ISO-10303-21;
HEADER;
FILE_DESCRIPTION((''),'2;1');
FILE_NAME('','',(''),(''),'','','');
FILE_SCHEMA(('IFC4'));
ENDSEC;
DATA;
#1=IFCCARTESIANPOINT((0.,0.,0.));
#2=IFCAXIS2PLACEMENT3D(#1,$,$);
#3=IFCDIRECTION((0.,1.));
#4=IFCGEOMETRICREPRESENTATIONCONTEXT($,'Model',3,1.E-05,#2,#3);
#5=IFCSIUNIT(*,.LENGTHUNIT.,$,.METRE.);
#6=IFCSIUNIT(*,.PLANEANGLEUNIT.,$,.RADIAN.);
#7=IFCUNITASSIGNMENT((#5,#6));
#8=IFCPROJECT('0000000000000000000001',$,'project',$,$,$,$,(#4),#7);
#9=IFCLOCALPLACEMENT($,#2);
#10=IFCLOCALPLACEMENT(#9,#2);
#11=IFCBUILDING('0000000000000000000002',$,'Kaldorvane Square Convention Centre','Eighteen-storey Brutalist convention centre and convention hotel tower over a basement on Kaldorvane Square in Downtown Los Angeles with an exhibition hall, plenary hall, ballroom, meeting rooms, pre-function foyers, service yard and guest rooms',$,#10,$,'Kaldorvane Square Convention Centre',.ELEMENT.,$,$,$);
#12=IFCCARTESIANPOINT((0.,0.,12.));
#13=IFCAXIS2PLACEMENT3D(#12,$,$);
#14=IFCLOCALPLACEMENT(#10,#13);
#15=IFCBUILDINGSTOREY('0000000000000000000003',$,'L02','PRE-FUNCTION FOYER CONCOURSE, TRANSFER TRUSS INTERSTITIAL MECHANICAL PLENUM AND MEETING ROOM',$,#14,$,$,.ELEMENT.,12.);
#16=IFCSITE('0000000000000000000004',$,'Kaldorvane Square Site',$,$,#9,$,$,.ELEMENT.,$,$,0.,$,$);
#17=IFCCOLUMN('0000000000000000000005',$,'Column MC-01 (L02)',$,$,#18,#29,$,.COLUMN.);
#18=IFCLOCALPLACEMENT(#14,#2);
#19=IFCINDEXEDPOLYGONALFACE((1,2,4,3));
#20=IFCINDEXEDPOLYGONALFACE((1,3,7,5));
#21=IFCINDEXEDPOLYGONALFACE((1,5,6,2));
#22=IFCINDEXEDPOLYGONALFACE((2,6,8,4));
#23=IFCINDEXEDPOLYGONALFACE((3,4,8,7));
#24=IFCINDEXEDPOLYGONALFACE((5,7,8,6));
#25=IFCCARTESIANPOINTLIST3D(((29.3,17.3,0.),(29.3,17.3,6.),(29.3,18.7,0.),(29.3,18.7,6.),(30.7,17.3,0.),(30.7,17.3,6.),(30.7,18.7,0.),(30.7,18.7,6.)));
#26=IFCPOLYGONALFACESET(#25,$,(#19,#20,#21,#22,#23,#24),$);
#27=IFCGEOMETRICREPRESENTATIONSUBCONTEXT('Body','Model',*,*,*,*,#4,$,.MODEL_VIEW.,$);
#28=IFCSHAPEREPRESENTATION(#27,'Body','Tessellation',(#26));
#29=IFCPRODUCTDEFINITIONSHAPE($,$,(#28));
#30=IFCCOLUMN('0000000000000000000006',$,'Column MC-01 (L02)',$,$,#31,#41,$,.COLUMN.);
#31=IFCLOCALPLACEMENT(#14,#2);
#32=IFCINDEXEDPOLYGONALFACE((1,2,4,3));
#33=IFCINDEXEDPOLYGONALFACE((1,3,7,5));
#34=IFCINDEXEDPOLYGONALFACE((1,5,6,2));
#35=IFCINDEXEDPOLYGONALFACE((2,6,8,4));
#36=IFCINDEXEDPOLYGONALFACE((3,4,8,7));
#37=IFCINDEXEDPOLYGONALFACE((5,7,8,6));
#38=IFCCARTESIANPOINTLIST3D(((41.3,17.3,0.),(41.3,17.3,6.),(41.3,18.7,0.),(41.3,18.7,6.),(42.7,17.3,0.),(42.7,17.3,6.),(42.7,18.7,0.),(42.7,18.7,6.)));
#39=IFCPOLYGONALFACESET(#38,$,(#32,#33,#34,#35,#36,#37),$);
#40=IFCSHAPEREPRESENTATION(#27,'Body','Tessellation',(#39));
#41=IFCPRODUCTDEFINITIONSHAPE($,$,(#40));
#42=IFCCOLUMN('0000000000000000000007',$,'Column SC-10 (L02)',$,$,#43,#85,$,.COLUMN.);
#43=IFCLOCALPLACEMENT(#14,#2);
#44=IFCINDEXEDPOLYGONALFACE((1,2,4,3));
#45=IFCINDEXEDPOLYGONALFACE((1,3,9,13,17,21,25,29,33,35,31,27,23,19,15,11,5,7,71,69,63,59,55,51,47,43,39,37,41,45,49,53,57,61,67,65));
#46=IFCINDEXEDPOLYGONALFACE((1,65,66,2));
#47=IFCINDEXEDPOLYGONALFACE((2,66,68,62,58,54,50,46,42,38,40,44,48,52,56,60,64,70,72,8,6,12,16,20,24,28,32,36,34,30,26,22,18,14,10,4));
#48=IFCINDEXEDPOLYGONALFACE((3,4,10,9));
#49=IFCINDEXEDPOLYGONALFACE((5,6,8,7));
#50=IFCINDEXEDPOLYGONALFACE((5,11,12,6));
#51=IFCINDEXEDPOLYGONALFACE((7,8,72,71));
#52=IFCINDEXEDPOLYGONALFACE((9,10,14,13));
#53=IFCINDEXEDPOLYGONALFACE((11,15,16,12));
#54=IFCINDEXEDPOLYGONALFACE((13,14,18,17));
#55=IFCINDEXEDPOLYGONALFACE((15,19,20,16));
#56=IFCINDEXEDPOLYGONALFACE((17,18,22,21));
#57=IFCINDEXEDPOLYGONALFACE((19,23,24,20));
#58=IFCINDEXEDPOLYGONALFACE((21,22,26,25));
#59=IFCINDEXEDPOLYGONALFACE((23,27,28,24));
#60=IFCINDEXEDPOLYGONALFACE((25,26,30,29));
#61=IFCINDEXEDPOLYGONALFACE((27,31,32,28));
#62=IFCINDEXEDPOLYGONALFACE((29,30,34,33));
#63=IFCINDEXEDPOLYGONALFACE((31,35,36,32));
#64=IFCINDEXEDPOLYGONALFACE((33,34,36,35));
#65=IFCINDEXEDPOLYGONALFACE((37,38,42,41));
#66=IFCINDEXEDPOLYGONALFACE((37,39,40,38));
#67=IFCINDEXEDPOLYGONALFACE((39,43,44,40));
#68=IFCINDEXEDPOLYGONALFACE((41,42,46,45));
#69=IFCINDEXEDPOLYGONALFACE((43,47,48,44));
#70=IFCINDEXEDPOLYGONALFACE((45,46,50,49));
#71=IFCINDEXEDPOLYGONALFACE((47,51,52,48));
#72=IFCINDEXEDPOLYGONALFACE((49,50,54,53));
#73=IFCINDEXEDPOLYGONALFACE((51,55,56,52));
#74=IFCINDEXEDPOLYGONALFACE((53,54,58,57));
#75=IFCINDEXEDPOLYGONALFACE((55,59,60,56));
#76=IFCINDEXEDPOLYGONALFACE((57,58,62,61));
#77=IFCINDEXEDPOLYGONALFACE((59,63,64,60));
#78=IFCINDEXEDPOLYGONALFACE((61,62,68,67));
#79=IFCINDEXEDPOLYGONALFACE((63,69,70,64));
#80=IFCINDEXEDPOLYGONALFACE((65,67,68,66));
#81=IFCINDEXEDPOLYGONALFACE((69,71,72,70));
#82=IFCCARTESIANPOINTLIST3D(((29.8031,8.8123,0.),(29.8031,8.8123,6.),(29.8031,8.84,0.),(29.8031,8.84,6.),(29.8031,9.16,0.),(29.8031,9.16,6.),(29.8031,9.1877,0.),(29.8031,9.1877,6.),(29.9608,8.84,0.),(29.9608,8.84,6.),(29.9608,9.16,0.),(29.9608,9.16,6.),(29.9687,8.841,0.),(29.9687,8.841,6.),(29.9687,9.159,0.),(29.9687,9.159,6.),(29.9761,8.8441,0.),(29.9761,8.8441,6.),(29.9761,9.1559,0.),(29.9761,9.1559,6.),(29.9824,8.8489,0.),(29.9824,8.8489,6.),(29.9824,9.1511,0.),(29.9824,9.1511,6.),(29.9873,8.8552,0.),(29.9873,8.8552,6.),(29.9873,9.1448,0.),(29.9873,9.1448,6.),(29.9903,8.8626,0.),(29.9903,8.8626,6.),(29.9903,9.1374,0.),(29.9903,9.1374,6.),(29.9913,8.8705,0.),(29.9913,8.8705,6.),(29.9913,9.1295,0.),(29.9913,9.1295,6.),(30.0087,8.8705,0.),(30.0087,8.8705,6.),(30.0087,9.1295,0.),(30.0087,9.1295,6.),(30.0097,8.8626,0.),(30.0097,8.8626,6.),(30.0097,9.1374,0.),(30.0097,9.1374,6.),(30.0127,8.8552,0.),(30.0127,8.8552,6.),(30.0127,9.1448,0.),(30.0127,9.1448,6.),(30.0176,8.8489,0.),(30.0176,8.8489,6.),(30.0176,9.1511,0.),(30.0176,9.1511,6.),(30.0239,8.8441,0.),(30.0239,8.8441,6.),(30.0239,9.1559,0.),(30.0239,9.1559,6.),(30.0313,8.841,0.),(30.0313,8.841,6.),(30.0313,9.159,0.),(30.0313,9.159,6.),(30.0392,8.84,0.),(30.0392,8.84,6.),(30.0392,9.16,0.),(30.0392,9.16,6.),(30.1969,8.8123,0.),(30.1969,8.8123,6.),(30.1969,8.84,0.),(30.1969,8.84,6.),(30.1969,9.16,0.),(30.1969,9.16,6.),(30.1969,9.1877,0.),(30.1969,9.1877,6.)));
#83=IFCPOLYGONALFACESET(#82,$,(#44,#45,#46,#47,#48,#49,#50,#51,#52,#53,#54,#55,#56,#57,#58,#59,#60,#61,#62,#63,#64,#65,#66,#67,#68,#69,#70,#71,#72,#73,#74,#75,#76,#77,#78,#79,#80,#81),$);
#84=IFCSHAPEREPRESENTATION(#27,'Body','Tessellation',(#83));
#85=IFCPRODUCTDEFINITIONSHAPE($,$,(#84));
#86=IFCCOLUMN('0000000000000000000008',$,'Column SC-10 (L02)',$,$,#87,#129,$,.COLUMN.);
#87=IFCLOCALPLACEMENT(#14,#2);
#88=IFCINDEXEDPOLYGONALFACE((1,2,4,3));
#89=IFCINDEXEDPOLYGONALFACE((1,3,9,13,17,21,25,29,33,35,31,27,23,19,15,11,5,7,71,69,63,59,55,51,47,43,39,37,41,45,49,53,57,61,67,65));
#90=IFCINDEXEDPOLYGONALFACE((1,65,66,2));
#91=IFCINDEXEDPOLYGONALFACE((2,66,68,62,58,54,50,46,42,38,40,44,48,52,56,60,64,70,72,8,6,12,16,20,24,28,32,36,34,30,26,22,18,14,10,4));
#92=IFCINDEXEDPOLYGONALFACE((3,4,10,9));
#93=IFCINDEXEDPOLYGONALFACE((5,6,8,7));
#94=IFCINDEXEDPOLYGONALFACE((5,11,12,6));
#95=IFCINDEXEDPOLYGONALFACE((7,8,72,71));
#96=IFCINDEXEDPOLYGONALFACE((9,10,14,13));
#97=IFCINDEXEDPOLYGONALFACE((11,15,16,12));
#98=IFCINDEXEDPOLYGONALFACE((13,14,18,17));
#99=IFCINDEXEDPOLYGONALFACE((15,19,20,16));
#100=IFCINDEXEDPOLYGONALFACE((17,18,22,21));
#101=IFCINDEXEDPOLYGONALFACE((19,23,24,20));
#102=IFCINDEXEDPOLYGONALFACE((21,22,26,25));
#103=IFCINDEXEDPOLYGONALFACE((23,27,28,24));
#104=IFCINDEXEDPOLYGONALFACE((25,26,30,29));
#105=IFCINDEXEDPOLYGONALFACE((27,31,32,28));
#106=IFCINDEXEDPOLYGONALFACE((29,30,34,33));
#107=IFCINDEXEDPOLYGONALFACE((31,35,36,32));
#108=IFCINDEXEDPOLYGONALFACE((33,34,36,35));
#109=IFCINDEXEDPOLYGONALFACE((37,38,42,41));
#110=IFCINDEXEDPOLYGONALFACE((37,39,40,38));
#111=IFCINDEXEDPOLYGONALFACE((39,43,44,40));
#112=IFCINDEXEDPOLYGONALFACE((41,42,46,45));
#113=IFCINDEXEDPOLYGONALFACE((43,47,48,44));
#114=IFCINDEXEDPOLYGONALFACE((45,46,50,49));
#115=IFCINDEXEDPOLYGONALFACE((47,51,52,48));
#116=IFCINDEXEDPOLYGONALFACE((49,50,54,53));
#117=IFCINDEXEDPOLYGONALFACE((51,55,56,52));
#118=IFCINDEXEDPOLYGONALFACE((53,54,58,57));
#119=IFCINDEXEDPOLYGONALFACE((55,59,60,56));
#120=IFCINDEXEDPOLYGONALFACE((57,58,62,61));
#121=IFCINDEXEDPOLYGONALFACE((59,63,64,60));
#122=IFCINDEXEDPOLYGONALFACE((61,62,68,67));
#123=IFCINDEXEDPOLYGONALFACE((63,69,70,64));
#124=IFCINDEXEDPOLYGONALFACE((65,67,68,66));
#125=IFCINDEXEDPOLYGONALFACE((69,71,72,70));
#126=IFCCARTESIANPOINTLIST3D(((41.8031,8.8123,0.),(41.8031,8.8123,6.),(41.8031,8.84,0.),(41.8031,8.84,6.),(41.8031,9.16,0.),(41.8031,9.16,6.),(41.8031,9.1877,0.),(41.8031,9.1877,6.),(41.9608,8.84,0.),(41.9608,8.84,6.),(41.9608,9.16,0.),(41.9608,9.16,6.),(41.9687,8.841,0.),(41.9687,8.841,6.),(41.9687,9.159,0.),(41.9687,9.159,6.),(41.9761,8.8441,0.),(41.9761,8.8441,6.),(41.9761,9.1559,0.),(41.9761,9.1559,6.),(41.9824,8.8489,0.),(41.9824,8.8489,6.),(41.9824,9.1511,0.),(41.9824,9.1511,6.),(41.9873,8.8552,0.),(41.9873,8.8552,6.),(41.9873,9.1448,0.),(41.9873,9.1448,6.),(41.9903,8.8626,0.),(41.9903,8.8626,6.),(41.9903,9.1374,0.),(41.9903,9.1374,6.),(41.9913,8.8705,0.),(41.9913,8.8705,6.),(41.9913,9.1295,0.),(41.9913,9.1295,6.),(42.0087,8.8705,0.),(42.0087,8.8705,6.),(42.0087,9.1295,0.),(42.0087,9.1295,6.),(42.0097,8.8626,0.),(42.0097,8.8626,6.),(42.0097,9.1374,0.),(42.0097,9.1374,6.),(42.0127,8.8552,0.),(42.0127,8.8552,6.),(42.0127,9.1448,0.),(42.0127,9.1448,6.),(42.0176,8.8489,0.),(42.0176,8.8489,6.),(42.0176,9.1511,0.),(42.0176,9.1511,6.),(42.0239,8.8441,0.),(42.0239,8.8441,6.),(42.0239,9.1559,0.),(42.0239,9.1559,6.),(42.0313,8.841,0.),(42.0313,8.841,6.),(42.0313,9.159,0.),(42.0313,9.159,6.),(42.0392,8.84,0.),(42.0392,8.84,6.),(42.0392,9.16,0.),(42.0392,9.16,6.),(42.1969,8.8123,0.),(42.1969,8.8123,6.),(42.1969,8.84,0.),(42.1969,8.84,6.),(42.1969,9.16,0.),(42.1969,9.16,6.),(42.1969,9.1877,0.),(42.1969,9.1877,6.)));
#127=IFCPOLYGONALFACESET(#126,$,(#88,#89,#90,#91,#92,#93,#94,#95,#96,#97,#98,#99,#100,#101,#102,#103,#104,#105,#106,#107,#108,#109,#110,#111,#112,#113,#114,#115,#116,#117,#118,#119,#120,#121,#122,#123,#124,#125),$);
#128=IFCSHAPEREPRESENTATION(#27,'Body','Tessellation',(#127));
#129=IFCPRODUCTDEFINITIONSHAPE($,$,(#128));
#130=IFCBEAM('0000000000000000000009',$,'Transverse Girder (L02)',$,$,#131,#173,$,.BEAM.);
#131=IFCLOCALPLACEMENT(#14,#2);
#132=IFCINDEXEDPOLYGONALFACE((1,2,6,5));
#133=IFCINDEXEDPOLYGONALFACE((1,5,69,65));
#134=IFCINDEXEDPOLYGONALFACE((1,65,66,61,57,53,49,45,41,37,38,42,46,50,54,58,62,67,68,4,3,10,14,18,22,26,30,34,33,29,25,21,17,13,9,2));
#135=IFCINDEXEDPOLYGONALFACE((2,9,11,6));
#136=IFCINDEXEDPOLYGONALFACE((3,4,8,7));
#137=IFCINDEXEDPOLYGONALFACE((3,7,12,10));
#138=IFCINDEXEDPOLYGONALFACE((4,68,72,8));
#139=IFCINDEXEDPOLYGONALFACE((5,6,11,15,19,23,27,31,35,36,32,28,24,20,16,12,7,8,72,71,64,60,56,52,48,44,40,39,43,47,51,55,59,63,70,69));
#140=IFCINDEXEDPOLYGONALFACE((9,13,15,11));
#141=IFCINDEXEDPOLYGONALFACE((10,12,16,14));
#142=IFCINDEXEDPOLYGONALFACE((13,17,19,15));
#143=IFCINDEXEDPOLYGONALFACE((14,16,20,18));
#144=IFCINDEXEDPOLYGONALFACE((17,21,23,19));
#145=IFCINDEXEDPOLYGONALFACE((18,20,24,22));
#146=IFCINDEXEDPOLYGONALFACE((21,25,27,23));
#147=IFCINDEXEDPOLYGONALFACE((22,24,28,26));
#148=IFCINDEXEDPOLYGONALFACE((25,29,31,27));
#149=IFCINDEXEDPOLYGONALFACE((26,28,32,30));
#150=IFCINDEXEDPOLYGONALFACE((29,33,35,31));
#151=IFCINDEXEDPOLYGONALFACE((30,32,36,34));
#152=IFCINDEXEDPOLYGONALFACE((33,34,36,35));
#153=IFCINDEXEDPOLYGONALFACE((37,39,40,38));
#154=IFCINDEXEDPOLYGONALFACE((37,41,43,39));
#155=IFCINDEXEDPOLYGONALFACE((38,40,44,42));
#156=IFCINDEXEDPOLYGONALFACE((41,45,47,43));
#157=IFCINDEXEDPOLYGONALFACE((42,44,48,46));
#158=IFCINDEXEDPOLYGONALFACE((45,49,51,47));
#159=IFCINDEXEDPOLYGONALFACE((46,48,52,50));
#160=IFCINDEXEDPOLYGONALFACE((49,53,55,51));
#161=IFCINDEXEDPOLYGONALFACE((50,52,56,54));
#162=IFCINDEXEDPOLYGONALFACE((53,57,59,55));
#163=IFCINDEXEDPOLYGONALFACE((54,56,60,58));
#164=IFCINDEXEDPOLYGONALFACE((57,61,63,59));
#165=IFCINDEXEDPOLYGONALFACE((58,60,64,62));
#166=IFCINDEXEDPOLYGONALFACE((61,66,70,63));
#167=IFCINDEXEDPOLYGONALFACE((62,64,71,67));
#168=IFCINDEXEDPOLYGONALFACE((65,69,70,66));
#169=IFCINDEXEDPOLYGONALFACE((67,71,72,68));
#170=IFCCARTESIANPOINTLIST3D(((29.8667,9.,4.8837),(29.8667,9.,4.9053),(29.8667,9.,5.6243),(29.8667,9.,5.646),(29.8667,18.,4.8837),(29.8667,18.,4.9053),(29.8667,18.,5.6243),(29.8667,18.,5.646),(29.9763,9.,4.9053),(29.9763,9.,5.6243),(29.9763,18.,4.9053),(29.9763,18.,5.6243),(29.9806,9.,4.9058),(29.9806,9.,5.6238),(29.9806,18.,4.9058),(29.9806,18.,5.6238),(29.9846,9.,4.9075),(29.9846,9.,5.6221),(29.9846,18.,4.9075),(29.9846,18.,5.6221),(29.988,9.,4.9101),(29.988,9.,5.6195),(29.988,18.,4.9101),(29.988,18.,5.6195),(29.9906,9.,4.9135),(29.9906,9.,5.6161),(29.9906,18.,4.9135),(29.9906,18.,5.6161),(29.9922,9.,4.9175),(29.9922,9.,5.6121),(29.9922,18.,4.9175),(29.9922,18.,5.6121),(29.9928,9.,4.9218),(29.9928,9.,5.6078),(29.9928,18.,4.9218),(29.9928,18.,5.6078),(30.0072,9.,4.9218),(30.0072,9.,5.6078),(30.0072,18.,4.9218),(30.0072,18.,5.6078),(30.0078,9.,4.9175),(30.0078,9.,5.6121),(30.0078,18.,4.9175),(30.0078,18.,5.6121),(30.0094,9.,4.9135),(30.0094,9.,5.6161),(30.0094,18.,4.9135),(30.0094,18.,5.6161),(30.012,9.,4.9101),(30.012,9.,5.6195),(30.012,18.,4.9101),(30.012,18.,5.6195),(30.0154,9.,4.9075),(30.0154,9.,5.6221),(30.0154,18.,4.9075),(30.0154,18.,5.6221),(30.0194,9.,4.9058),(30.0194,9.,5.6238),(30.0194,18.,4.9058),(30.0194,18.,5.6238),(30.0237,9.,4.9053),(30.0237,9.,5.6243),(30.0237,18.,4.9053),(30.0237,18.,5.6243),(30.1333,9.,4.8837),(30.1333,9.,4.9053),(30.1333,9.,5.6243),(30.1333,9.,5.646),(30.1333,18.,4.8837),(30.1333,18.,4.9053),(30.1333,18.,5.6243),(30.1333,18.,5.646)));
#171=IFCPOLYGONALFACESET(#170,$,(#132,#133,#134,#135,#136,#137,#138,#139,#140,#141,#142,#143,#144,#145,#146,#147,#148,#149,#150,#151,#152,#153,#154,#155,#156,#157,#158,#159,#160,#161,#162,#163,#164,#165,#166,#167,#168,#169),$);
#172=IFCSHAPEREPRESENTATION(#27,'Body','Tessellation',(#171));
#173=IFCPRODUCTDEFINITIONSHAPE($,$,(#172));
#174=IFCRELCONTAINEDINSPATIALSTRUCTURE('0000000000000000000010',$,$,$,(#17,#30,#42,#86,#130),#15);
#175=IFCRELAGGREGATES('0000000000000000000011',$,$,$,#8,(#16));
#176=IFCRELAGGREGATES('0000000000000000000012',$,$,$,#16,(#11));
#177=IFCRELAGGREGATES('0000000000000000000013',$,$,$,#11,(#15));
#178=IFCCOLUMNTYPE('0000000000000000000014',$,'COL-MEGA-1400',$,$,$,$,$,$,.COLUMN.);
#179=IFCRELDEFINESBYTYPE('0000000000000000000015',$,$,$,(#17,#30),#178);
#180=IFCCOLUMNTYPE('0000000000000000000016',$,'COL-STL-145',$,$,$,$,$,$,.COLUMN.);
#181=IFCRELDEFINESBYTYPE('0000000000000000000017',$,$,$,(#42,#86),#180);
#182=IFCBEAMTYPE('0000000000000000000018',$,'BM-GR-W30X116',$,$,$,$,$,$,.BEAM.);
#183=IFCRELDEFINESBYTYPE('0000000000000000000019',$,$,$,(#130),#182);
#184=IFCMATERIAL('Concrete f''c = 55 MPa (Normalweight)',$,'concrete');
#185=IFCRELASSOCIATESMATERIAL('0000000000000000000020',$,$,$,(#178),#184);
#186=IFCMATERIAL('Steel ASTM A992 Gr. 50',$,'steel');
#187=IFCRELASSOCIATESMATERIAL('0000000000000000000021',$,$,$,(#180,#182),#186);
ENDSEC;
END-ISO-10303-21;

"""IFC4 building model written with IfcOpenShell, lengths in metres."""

from ifc_helpers import new_model, si_unit, direction, frame, origin, origin_2d, place, context, subcontext, project, spatial, rectangle, i_section, extrude, material, material_profile, profile_set, type_object, element, save


model = new_model("IFC4")

# Units and contexts
model_context = context("Model", 3, precision=1e-05, world=origin(), true_north=direction((0.0, 1.0)))
body_context = subcontext(model_context, "Body", "Model", "MODEL_VIEW")
ifc_project = project(units=[si_unit("LENGTHUNIT", "METRE"), si_unit("PLANEANGLEUNIT", "RADIAN")], contexts=[model_context])

# Site, building, storey
site_placement = place(None, origin())
site = spatial("IfcSite", under=ifc_project, at=site_placement, Name="Kaldorvane Square Site", CompositionType="ELEMENT", RefElevation=0.0)
building_placement = place(site_placement, origin())
building = spatial("IfcBuilding", under=site, at=building_placement, Name="Kaldorvane Square Convention Centre", Description="Eighteen-storey Brutalist convention centre and convention hotel tower over a basement on Kaldorvane Square in Downtown Los Angeles with an exhibition hall, plenary hall, ballroom, meeting rooms, pre-function foyers, service yard and guest rooms", LongName="Kaldorvane Square Convention Centre", CompositionType="ELEMENT")
storey_placement = place(building_placement, frame((0.0, 0.0, 12.0)))
storey = spatial("IfcBuildingStorey", under=building, at=storey_placement, Name="L02", Description="PRE-FUNCTION FOYER CONCOURSE, TRANSFER TRUSS INTERSTITIAL MECHANICAL PLENUM AND MEETING ROOM", CompositionType="ELEMENT", Elevation=12.0)

# Columns
ifc_material_1 = material(Name="Concrete f'c = 55 MPa (Normalweight)", Category="concrete")
ifc_material_profile_1 = material_profile(ifc_material_1, rectangle(XDim=1.4, YDim=1.4, at=origin_2d()), Name="RC1400X1400")
ifc_profile_set_1 = profile_set([ifc_material_profile_1], Name="Concrete f'c = 55 MPa (Normalweight)")
column_type_1 = type_object("IfcColumnType", Name="COL-MEGA-1400", PredefinedType="COLUMN", material=ifc_profile_set_1)
for number, where, z_axis, x_axis, name in (
    (1, (30.0, 18.0, 0.0), (0.0, 0.0, 1.0), (1.0, 0.0, 0.0), "Column MC-01 (L02)"),
    (2, (42.0, 18.0, 0.0), (0.0, 0.0, 1.0), (1.0, 0.0, 0.0), "Column MC-01 (L02)"),
):
    element("IfcColumn", number, at=place(storey_placement, frame(where, z_axis=z_axis, x_axis=x_axis)), inside=storey, type_object=column_type_1, Name=name, PredefinedType="COLUMN", context=body_context, shape_type="SweptSolid", body=[
        extrude(rectangle(XDim=1.4, YDim=1.4, at=origin_2d()), origin(), (0.0, 0.0, 1.0), 6.0),
    ])
ifc_material_2 = material(Name="Steel ASTM A992 Gr. 50", Category="steel")
ifc_material_profile_2 = material_profile(ifc_material_2, i_section(OverallWidth=0.3937, OverallDepth=0.3754, WebThickness=0.0173, FlangeThickness=0.0277, FilletRadius=0.0305, at=origin_2d()), Name="W14X145")
ifc_profile_set_2 = profile_set([ifc_material_profile_2], Name="Steel ASTM A992 Gr. 50")
column_type_2 = type_object("IfcColumnType", Name="COL-STL-145", PredefinedType="COLUMN", material=ifc_profile_set_2)
for number, where, z_axis, x_axis, name in (
    (3, (30.0, 9.0, 0.0), (0.0, 0.0, 1.0), (1.0, 0.0, 0.0), "Column SC-10 (L02)"),
    (4, (42.0, 9.0, 0.0), (0.0, 0.0, 1.0), (1.0, 0.0, 0.0), "Column SC-10 (L02)"),
):
    element("IfcColumn", number, at=place(storey_placement, frame(where, z_axis=z_axis, x_axis=x_axis)), inside=storey, type_object=column_type_2, Name=name, PredefinedType="COLUMN", context=body_context, shape_type="SweptSolid", body=[
        extrude(i_section(OverallWidth=0.3937, OverallDepth=0.3754, WebThickness=0.0173, FlangeThickness=0.0277, FilletRadius=0.0305, at=origin_2d()), origin(), (0.0, 0.0, 1.0), 6.0),
    ])

# Beam
ifc_material_profile_3 = material_profile(ifc_material_2, i_section(OverallWidth=0.2666, OverallDepth=0.7623, WebThickness=0.0144, FlangeThickness=0.0216, FilletRadius=0.0165, at=origin_2d()), Name="W30X116")
ifc_profile_set_3 = profile_set([ifc_material_profile_3], Name="Steel ASTM A992 Gr. 50")
beam_type_1 = type_object("IfcBeamType", Name="BM-GR-W30X116", PredefinedType="BEAM", material=ifc_profile_set_3)
for number, where, z_axis, x_axis, name in (
    (5, (30.0, 9.0, 5.2648), (0.0, 1.0, 0.0), (-1.0, 0.0, 0.0), "Transverse Girder (L02)"),
):
    element("IfcBeam", number, at=place(storey_placement, frame(where, z_axis=z_axis, x_axis=x_axis)), inside=storey, type_object=beam_type_1, Name=name, PredefinedType="BEAM", context=body_context, shape_type="SweptSolid", body=[
        extrude(i_section(OverallWidth=0.2666, OverallDepth=0.7623, WebThickness=0.0144, FlangeThickness=0.0216, FilletRadius=0.0165, at=origin_2d()), origin(), (0.0, 0.0, 1.0), 9.0),
    ])

save(model, "model.ifc")
